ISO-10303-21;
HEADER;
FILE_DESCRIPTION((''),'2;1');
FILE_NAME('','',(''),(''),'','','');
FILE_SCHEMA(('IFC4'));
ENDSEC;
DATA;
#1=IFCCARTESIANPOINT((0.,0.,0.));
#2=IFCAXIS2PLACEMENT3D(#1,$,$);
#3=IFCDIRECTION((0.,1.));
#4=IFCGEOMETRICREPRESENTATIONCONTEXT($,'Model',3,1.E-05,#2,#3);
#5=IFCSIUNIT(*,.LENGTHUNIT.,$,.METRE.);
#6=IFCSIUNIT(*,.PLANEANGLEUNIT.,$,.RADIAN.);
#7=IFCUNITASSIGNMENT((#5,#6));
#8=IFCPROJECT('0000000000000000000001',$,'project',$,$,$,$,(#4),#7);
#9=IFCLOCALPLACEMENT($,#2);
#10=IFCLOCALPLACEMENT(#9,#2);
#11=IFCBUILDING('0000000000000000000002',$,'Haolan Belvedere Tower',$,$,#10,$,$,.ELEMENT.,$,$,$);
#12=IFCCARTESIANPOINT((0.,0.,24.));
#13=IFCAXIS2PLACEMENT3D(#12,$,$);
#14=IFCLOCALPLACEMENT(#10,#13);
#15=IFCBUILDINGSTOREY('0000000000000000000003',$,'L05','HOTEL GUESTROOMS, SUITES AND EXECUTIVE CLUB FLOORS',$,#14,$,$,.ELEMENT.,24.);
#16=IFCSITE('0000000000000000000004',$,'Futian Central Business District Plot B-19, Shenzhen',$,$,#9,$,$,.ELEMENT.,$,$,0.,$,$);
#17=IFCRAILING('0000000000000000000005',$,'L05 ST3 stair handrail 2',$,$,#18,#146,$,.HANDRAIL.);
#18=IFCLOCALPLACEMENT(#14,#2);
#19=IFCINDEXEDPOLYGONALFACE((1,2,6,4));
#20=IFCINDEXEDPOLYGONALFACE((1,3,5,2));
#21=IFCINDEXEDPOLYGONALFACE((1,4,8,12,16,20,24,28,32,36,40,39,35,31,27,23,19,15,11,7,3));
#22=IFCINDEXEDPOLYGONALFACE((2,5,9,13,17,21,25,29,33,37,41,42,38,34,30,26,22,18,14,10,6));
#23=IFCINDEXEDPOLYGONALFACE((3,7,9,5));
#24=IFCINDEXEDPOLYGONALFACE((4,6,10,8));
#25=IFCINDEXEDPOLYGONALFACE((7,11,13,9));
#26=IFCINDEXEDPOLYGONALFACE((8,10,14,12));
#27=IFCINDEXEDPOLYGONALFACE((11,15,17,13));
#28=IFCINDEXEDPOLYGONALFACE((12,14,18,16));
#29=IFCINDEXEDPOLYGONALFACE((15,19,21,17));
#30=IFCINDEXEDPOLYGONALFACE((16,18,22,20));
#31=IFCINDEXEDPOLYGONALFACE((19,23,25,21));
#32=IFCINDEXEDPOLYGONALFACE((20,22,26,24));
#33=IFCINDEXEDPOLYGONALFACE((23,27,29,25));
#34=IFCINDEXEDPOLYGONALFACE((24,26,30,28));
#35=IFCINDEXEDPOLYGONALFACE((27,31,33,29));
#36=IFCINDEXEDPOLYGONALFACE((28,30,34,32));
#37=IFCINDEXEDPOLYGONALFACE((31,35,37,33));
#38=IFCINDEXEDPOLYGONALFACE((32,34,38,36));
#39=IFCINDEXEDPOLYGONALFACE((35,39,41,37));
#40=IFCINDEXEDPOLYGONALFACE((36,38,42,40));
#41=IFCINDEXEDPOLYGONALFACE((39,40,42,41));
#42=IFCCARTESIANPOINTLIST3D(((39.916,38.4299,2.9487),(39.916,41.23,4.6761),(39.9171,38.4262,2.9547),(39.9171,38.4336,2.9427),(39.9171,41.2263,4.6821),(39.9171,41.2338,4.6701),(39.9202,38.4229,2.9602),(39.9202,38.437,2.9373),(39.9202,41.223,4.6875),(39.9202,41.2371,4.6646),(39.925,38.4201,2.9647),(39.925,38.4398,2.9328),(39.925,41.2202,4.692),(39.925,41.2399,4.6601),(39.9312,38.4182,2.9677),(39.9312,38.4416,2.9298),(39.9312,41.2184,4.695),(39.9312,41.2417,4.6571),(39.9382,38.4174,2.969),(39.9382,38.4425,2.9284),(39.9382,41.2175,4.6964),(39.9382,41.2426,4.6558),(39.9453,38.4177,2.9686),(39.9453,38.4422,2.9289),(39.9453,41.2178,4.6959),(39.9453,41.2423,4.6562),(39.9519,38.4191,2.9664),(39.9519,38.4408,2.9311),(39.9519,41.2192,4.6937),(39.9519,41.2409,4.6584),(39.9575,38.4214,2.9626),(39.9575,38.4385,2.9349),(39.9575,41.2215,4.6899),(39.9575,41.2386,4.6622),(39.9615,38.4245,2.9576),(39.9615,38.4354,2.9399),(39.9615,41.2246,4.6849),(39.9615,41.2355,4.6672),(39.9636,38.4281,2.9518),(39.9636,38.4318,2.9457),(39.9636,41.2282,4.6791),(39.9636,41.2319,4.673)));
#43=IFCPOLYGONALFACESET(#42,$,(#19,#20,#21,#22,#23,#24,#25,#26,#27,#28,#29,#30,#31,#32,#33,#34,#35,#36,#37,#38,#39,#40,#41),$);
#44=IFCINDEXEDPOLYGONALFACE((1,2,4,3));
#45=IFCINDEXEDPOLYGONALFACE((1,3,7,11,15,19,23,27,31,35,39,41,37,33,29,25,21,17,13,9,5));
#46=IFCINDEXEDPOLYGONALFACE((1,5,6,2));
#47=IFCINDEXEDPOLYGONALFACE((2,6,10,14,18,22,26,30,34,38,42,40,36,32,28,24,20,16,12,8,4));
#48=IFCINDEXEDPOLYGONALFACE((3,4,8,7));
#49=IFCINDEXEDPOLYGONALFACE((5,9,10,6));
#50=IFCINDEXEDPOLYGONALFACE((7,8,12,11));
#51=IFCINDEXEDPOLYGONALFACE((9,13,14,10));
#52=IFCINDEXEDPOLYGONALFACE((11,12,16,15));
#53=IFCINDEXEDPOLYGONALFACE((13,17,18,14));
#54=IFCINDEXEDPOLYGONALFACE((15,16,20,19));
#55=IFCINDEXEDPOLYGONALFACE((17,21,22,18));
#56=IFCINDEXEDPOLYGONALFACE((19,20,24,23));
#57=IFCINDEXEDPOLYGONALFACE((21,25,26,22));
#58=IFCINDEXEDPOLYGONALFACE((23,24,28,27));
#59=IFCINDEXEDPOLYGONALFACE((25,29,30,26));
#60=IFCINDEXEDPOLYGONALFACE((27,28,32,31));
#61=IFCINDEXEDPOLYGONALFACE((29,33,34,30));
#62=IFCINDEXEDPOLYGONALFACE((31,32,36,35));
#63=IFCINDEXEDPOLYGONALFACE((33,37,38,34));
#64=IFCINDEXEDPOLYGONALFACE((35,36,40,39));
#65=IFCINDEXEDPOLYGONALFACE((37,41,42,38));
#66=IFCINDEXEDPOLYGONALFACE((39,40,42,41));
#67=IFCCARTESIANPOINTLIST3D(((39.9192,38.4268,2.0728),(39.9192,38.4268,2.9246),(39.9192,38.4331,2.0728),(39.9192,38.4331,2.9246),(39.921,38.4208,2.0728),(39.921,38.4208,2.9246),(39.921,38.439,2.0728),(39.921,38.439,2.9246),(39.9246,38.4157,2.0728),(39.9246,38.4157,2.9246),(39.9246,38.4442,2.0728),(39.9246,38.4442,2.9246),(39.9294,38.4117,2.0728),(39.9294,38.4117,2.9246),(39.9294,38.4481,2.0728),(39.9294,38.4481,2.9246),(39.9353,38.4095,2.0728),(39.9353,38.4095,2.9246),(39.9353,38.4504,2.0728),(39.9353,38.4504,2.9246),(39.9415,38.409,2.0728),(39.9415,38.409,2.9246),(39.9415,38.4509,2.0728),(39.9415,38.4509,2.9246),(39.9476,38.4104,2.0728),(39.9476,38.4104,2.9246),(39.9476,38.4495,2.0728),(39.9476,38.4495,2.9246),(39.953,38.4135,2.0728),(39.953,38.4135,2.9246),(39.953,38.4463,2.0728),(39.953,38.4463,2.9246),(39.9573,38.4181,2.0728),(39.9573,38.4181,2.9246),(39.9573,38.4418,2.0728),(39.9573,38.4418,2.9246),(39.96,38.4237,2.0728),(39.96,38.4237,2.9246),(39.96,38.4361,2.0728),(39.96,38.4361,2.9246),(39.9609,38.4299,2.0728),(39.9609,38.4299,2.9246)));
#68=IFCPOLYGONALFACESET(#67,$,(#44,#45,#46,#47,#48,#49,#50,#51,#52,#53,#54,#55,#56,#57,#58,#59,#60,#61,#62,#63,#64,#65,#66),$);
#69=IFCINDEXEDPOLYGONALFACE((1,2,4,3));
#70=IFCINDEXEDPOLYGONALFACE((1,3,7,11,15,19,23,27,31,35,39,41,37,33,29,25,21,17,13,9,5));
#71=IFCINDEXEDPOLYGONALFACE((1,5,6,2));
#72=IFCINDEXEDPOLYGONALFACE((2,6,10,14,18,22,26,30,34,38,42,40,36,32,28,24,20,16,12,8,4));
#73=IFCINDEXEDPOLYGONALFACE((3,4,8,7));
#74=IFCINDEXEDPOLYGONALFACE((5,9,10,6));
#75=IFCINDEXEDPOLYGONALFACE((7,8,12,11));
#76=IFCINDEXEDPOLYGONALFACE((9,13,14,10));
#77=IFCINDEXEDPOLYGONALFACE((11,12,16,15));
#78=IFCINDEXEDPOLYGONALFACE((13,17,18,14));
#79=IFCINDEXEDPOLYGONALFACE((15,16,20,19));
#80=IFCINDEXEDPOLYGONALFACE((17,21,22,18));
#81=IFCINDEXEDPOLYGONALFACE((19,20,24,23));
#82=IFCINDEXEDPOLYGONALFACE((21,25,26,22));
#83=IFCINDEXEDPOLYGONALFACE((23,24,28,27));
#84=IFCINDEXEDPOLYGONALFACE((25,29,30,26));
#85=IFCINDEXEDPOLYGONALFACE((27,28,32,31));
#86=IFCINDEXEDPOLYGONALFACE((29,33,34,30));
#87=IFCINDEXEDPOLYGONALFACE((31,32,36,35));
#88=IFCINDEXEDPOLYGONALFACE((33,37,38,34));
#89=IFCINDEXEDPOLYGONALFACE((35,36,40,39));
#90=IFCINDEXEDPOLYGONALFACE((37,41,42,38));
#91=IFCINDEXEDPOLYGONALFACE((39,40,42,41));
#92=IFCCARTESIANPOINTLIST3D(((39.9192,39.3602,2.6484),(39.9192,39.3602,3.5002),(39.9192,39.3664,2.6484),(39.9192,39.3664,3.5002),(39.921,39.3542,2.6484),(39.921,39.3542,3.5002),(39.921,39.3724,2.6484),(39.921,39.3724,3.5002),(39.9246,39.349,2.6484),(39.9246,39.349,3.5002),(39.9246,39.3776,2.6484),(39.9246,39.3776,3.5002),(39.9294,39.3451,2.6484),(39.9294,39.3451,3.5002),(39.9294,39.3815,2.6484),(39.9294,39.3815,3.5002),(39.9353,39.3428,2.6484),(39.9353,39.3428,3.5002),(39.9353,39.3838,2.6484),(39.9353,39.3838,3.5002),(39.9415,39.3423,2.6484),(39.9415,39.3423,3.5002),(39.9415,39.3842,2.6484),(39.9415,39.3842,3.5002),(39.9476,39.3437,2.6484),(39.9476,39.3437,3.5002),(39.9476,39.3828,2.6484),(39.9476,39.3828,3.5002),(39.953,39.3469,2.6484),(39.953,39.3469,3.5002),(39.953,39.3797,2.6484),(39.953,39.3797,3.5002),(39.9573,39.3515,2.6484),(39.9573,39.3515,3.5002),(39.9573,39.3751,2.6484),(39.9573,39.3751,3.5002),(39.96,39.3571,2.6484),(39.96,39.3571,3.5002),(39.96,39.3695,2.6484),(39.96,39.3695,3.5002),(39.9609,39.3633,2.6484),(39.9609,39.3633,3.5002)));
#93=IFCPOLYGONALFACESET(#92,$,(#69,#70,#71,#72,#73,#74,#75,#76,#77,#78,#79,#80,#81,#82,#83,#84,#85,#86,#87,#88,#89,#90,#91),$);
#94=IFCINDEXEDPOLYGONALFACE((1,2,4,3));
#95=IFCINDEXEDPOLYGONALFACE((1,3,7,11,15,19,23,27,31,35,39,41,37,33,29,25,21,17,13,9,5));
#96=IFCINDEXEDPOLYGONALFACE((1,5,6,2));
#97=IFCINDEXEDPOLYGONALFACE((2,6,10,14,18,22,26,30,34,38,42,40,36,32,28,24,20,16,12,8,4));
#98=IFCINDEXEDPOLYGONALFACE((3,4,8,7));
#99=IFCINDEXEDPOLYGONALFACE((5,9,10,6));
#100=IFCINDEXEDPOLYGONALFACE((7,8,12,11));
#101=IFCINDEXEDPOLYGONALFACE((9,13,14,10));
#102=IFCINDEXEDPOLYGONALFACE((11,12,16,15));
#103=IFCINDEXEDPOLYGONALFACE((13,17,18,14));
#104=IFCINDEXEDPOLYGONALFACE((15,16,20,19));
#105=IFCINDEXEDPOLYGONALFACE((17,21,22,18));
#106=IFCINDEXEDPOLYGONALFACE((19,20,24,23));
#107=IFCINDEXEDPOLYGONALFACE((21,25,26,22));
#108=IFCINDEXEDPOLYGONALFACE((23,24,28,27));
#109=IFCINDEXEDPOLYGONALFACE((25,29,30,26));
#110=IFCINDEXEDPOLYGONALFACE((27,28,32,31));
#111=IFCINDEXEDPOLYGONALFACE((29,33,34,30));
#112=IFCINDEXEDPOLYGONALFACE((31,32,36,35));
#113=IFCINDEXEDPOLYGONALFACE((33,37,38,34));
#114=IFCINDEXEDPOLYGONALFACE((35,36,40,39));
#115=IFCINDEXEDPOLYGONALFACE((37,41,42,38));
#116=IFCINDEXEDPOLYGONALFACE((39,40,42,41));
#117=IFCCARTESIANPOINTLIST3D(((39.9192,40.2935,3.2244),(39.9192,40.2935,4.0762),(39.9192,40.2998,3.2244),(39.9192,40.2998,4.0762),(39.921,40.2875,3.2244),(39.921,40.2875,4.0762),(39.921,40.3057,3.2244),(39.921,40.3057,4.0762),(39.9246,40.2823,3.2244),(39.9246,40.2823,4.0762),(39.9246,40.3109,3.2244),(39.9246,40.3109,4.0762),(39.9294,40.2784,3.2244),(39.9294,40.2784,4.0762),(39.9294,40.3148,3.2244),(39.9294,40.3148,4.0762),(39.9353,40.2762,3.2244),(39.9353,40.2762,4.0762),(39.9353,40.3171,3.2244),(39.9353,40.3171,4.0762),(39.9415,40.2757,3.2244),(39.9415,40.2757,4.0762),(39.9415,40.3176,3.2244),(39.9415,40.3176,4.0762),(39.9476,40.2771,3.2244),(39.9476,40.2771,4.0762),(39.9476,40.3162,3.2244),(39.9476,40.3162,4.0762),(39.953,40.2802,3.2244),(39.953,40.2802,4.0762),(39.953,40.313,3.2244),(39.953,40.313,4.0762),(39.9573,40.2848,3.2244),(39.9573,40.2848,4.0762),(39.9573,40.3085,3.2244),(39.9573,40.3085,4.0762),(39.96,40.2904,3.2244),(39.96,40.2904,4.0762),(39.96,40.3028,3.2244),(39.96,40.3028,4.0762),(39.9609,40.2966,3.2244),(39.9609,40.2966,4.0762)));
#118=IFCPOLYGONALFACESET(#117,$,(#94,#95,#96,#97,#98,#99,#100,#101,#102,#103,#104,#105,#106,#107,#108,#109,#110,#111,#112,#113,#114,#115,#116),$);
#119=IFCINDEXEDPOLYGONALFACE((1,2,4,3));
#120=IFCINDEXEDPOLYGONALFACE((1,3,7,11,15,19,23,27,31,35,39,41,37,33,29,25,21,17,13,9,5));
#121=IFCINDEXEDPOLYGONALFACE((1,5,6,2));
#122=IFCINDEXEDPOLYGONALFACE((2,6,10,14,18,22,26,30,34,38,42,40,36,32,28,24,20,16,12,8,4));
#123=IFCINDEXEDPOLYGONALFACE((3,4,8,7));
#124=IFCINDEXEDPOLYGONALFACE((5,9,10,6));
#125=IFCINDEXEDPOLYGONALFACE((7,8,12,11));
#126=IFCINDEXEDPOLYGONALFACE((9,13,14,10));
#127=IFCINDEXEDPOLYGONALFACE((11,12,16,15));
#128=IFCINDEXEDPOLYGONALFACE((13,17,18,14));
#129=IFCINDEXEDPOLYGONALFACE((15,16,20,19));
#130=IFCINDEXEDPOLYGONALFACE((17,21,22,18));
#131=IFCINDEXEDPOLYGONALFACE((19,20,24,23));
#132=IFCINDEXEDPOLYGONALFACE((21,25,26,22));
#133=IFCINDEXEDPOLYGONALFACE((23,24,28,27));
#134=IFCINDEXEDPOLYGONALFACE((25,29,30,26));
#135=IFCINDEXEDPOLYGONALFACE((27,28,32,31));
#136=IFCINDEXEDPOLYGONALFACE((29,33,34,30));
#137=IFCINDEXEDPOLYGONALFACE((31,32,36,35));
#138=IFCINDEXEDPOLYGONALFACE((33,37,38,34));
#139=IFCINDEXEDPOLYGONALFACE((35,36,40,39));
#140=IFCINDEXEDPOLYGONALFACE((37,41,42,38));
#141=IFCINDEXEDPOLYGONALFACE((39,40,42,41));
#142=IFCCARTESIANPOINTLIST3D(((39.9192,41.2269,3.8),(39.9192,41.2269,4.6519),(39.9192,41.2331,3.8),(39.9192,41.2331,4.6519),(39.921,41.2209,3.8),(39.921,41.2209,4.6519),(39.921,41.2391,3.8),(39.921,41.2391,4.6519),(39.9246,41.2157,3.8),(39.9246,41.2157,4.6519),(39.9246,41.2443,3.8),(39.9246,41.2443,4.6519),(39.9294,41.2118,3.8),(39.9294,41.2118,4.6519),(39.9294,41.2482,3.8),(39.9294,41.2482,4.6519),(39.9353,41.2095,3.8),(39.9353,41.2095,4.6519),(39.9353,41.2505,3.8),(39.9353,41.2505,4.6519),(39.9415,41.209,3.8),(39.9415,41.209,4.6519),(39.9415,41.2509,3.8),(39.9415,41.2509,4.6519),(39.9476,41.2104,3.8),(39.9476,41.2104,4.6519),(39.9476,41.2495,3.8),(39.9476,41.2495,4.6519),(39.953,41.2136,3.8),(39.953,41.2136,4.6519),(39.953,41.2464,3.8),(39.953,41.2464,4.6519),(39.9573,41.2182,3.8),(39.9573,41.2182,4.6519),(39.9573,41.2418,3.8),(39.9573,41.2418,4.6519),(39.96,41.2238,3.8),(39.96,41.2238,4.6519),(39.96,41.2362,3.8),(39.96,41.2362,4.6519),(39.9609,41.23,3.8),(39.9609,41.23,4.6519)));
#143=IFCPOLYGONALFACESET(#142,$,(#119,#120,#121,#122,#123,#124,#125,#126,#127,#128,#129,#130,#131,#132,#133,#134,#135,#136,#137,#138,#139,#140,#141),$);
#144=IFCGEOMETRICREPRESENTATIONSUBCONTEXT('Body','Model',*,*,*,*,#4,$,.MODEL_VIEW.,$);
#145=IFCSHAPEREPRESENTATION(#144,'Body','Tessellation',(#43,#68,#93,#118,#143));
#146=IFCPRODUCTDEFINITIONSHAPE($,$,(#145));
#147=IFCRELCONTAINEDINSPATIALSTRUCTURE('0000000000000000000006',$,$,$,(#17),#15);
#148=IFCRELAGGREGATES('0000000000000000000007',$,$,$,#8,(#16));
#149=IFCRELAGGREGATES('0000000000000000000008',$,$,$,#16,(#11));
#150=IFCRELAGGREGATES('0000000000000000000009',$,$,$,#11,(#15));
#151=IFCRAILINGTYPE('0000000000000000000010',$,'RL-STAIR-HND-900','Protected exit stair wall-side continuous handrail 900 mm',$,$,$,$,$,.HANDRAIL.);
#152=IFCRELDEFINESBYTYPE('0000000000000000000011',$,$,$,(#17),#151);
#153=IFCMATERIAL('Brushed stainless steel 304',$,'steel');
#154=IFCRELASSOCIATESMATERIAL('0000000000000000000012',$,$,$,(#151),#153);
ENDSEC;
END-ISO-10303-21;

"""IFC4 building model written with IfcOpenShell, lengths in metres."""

from ifc_helpers import new_model, si_unit, direction, frame, origin, origin_2d, place, context, subcontext, project, spatial, circle, extrude, material, type_object, element, save


model = new_model("IFC4")

# Units and contexts
model_context = context("Model", 3, precision=1e-05, world=origin(), true_north=direction((0.0, 1.0)))
body_context = subcontext(model_context, "Body", "Model", "MODEL_VIEW")
ifc_project = project(units=[si_unit("LENGTHUNIT", "METRE"), si_unit("PLANEANGLEUNIT", "RADIAN")], contexts=[model_context])

# Site, building, storey
site_placement = place(None, origin())
site = spatial("IfcSite", under=ifc_project, at=site_placement, Name="Futian Central Business District Plot B-19, Shenzhen", CompositionType="ELEMENT", RefElevation=0.0)
building_placement = place(site_placement, origin())
building = spatial("IfcBuilding", under=site, at=building_placement, Name="Haolan Belvedere Tower", CompositionType="ELEMENT")
storey_placement = place(building_placement, frame((0.0, 0.0, 24.0)))
storey = spatial("IfcBuildingStorey", under=building, at=storey_placement, Name="L05", Description="HOTEL GUESTROOMS, SUITES AND EXECUTIVE CLUB FLOORS", CompositionType="ELEMENT", Elevation=24.0)

# Railing
ifc_material_1 = material(Name="Brushed stainless steel 304", Category="steel")
railing_type_1 = type_object("IfcRailingType", Name="RL-STAIR-HND-900", Description="Protected exit stair wall-side continuous handrail 900 mm", PredefinedType="HANDRAIL", material=ifc_material_1)
railing_1_placement = place(storey_placement, frame((39.9399, 38.4299, 2.0728)))
element("IfcRailing", 1, at=railing_1_placement, inside=storey, type_object=railing_type_1, Name="L05 ST3 stair handrail 2", PredefinedType="HANDRAIL", context=body_context, shape_type="SweptSolid", body=[
    extrude(circle(Radius=0.0239, at=origin_2d()), frame((0.0, 0.0, 0.876), z_axis=(0.0, 0.85109, 0.52502), x_axis=(-1.0, 0.0, 0.0)), (0.0, 0.0, 1.0), 3.29),
    extrude(circle(Radius=0.021, at=origin_2d()), origin(), (0.0, 0.0, 1.0), 0.8518),
    extrude(circle(Radius=0.021, at=origin_2d()), frame((0.0, 0.9333, 0.5757)), (0.0, 0.0, 1.0), 0.8518),
    extrude(circle(Radius=0.021, at=origin_2d()), frame((0.0, 1.8667, 1.1516)), (0.0, 0.0, 1.0), 0.8518),
    extrude(circle(Radius=0.021, at=origin_2d()), frame((0.0, 2.8, 1.7273)), (0.0, 0.0, 1.0), 0.8518),
])

save(model, "model.ifc")
